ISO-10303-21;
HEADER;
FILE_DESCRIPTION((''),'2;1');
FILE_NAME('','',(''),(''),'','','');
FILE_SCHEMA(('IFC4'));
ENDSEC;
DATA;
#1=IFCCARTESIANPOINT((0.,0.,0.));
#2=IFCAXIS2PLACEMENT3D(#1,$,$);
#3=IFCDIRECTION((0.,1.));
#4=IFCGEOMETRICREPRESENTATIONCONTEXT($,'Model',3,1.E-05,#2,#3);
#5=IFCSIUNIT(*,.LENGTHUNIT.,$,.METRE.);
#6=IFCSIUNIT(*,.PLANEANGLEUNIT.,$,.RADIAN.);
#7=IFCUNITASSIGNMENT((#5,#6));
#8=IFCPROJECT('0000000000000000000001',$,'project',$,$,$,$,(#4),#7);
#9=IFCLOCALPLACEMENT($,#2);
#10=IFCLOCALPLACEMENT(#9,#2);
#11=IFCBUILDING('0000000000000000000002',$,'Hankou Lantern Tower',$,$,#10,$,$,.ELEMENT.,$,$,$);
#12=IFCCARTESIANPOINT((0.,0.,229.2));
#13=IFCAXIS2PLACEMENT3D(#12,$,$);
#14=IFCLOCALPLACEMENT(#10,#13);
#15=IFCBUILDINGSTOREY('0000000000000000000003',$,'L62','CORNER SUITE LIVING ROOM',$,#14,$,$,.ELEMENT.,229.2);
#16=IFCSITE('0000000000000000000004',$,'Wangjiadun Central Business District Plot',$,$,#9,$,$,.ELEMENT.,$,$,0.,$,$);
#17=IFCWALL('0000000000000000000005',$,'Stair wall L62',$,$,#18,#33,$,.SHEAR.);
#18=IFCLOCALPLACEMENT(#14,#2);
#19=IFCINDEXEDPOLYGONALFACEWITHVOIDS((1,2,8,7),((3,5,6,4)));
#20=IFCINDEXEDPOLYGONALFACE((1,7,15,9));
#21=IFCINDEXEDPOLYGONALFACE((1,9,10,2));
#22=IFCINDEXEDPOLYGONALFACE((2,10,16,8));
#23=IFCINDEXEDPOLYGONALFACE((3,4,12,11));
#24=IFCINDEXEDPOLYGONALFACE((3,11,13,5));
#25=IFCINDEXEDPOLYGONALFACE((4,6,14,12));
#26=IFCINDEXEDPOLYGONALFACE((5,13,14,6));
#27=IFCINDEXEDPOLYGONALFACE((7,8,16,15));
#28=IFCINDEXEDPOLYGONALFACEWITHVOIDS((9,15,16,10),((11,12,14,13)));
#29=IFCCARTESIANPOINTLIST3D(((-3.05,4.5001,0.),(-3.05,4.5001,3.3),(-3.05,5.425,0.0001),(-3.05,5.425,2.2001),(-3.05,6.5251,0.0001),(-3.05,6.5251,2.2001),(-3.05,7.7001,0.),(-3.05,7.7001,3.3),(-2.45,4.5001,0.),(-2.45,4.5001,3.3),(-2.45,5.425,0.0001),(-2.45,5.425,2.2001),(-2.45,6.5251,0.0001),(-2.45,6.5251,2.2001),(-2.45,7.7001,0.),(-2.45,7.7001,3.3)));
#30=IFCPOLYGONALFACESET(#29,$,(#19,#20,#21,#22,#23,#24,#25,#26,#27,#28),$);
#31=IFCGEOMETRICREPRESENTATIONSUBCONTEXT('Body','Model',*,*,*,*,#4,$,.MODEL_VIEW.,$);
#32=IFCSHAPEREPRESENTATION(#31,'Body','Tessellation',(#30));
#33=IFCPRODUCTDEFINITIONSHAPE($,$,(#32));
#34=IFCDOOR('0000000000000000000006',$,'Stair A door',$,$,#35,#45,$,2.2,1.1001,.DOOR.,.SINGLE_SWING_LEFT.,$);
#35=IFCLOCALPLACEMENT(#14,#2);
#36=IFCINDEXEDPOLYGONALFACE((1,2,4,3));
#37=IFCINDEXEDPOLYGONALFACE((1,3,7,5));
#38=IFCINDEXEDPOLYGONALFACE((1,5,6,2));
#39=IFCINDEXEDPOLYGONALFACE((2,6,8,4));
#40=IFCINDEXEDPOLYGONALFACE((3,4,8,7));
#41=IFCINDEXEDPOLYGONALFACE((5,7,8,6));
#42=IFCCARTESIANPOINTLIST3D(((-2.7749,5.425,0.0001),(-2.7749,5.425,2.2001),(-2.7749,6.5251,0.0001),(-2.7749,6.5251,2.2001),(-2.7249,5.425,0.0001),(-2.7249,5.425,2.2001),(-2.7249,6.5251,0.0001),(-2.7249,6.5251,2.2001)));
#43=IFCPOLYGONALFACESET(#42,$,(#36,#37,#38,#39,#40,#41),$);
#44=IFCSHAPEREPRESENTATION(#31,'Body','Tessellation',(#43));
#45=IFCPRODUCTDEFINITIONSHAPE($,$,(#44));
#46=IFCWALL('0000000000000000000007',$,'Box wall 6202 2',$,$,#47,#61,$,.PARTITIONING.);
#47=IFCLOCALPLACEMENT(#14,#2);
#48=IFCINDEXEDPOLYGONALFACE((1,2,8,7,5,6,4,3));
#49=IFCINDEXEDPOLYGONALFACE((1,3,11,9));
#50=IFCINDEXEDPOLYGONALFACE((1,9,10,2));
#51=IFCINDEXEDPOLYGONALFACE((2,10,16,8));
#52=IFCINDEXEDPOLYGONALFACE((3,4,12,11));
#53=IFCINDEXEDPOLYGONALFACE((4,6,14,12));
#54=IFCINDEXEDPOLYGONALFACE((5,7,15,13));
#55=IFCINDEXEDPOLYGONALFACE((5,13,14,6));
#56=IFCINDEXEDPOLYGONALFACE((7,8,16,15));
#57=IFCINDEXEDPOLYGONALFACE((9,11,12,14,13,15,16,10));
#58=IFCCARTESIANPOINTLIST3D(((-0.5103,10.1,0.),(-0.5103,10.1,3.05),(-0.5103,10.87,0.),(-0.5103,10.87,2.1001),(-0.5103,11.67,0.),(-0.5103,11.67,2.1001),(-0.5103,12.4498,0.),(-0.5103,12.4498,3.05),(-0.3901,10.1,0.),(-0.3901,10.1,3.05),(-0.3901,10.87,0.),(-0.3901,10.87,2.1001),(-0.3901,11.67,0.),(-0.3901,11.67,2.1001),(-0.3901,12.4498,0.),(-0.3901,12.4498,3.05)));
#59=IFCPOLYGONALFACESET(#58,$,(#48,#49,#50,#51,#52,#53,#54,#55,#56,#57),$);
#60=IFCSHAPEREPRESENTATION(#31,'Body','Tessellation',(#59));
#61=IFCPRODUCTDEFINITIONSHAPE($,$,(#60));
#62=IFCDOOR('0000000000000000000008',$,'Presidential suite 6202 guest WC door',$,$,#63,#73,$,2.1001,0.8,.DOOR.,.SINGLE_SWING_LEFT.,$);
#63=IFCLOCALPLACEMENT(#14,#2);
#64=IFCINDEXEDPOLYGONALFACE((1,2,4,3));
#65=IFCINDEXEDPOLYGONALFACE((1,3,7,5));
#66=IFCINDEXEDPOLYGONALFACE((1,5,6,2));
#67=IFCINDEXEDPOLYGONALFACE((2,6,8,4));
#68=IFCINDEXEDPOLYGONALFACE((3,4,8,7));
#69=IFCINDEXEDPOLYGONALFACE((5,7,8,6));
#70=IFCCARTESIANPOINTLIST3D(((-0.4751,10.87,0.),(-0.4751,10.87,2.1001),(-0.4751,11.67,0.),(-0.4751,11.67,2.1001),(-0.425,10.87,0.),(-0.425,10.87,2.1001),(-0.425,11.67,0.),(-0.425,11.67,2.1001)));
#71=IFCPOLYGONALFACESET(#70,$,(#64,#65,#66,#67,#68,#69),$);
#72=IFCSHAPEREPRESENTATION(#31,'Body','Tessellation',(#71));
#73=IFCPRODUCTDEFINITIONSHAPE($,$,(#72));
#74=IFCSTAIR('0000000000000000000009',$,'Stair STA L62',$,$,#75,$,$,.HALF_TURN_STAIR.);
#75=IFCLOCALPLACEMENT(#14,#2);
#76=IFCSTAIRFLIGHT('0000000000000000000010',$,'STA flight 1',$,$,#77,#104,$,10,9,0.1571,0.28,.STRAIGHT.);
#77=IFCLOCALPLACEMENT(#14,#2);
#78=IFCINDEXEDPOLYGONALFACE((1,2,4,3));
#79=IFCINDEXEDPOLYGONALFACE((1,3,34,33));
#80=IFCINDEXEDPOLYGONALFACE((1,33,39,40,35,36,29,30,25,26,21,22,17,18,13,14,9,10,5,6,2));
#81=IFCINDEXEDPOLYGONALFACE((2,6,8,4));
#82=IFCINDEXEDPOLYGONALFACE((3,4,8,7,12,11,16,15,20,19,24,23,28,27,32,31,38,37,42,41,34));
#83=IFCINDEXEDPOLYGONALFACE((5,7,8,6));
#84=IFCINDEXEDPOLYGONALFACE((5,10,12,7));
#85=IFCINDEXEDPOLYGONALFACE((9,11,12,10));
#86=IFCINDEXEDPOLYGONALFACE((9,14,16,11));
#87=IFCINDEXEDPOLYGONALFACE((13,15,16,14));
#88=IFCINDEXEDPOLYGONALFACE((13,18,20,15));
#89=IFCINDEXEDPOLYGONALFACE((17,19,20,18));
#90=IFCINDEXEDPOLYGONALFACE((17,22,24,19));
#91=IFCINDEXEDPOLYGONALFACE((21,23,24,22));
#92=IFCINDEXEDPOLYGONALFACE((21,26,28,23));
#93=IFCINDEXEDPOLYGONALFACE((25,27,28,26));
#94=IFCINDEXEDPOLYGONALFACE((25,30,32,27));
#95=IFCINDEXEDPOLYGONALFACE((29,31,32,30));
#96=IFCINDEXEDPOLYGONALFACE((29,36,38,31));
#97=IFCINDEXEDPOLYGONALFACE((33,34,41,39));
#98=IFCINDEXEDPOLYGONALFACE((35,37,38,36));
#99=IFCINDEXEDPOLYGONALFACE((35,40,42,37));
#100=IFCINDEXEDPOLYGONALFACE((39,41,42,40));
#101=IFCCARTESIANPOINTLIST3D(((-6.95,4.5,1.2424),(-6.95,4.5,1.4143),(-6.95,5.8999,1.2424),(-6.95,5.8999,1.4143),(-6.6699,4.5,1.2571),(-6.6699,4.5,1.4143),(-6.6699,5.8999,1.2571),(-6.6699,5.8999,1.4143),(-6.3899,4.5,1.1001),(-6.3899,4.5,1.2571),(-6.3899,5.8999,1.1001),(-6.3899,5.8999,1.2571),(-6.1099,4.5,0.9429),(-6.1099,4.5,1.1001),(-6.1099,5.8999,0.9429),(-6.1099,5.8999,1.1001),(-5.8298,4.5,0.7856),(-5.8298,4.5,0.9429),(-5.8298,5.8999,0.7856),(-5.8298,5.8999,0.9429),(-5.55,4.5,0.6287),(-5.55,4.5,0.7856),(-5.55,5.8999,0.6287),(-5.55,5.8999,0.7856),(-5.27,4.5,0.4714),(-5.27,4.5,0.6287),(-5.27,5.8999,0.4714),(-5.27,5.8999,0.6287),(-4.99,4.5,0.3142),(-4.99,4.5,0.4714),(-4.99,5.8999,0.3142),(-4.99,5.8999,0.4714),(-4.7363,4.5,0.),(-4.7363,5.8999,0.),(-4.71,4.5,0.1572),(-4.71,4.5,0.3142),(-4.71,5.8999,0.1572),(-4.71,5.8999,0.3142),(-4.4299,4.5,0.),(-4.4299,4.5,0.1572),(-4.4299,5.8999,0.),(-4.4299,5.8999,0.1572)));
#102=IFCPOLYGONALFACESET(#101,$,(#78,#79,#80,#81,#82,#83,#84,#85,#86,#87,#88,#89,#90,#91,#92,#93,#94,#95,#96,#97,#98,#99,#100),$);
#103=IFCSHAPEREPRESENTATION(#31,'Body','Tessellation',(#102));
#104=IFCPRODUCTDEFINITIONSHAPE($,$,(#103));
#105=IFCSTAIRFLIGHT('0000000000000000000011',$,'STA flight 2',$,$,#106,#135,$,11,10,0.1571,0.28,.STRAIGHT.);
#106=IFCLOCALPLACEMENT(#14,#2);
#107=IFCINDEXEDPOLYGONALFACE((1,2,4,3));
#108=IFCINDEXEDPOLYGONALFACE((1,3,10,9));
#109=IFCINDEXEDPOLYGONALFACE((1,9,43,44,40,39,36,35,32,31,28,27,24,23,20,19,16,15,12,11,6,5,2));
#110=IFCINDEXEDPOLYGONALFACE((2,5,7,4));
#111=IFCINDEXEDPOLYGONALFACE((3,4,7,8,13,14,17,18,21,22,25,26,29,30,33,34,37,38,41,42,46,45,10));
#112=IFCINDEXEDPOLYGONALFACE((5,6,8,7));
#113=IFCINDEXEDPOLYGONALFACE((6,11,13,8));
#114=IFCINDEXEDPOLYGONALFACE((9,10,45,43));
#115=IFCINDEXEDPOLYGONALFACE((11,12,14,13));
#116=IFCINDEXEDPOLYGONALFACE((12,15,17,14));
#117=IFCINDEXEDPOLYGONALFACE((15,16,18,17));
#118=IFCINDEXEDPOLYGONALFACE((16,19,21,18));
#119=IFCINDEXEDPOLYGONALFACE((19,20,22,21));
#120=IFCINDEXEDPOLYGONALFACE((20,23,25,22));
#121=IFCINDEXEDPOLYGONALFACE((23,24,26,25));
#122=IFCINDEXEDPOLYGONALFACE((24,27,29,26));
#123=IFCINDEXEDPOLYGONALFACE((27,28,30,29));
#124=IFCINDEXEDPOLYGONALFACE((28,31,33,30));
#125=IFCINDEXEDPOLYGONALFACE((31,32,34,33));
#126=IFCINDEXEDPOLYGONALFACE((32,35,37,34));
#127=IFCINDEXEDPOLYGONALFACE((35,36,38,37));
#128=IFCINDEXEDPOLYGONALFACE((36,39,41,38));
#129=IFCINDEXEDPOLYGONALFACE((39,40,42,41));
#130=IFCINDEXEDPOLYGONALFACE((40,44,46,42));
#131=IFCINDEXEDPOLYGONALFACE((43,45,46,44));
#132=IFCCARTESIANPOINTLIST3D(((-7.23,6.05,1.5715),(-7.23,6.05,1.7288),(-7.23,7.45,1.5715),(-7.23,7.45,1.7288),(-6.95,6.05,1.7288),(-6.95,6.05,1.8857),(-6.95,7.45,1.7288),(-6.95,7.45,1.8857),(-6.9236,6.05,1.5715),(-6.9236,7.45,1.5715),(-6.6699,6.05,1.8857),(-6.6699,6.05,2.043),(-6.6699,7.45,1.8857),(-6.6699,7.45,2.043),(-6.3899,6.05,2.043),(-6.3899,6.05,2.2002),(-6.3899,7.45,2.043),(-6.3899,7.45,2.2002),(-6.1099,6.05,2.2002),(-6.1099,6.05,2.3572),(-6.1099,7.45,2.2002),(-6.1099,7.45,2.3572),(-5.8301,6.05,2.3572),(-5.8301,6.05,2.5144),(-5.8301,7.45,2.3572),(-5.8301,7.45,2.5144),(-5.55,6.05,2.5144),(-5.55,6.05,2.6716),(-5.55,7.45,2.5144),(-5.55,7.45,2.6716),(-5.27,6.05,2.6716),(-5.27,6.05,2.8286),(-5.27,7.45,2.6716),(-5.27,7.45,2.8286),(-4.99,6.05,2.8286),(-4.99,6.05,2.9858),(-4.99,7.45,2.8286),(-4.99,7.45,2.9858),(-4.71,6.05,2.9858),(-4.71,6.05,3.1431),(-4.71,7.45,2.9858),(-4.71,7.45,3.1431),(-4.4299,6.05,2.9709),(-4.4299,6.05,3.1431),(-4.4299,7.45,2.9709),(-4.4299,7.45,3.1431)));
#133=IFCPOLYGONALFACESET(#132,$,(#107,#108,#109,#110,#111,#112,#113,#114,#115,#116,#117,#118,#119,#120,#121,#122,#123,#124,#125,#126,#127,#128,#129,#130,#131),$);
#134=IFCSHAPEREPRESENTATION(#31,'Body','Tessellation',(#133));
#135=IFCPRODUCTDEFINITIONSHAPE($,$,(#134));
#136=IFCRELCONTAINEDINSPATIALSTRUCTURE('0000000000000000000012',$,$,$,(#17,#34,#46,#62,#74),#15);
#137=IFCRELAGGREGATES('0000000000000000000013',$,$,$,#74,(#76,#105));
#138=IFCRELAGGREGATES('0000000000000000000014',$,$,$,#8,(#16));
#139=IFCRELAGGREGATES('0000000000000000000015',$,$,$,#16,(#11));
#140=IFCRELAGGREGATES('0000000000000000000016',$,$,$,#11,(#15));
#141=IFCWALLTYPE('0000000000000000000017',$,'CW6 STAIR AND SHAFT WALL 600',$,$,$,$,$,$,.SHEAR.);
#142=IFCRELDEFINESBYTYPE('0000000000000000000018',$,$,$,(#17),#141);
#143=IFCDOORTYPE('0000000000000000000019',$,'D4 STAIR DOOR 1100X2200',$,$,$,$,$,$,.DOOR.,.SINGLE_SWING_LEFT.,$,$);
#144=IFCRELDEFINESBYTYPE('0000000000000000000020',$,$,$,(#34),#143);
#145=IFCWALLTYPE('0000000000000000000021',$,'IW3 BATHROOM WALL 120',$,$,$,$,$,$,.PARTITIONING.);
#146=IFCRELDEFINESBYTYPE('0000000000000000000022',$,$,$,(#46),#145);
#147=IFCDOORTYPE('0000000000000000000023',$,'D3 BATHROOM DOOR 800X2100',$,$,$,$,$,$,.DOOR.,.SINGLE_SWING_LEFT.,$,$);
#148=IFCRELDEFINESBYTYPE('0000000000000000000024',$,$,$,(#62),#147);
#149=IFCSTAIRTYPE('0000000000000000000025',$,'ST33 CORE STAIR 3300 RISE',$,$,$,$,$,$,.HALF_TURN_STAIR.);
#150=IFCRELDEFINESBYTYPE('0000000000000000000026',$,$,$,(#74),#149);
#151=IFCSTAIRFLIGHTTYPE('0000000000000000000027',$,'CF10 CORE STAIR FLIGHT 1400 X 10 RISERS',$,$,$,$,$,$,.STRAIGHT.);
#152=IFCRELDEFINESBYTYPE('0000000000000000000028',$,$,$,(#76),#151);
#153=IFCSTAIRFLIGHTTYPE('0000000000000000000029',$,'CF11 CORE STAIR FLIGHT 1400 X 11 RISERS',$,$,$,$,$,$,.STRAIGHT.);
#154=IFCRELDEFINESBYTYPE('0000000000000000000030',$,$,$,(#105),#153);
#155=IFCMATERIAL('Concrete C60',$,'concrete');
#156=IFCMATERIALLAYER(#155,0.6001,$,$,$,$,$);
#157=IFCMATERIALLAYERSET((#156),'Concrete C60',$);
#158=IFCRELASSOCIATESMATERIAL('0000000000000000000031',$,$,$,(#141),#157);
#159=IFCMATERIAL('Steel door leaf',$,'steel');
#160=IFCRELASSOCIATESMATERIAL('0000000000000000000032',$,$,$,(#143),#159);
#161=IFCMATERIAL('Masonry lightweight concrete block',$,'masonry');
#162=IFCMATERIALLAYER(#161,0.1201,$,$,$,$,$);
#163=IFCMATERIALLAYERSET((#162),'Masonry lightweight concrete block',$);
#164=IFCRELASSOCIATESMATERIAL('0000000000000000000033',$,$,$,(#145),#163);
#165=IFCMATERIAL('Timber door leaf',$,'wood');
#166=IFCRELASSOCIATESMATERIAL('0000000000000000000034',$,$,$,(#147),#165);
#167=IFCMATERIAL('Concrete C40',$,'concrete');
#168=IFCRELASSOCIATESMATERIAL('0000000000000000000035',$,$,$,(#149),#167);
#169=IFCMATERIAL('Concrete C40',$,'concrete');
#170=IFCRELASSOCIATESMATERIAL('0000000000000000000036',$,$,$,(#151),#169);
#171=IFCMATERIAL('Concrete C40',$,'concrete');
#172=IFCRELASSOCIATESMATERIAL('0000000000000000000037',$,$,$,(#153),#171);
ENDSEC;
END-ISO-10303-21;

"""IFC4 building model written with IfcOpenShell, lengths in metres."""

from ifc_helpers import new_model, si_unit, direction, frame, frame_2d, origin, place, context, subcontext, project, spatial, polyline, rectangle, outline, extrude, material, layer, layer_set, type_object, element, fill, aggregate, save


model = new_model("IFC4")

# Units and contexts
model_context = context("Model", 3, precision=1e-05, world=origin(), true_north=direction((0.0, 1.0)))
body_context = subcontext(model_context, "Body", "Model", "MODEL_VIEW")
ifc_project = project(units=[si_unit("LENGTHUNIT", "METRE"), si_unit("PLANEANGLEUNIT", "RADIAN")], contexts=[model_context])

# Site, building, storey
site_placement = place(None, origin())
site = spatial("IfcSite", under=ifc_project, at=site_placement, Name="Wangjiadun Central Business District Plot", CompositionType="ELEMENT", RefElevation=0.0)
building_placement = place(site_placement, origin())
building = spatial("IfcBuilding", under=site, at=building_placement, Name="Hankou Lantern Tower", CompositionType="ELEMENT")
storey_placement = place(building_placement, frame((0.0, 0.0, 229.2)))
storey = spatial("IfcBuildingStorey", under=building, at=storey_placement, Name="L62", Description="CORNER SUITE LIVING ROOM", CompositionType="ELEMENT", Elevation=229.2)

# Walls, openings, doors
ifc_material_1 = material(Name="Concrete C60", Category="concrete")
ifc_layer_1 = layer(ifc_material_1, 0.6001)
ifc_layer_set_1 = layer_set([ifc_layer_1], Name="Concrete C60")
wall_type_1 = type_object("IfcWallType", Name="CW6 STAIR AND SHAFT WALL 600", PredefinedType="SHEAR", material=ifc_layer_set_1)
wall_1_placement = place(storey_placement, frame((-2.75, 4.5, 0.0), z_axis=(0.0, 0.0, 1.0), x_axis=(0.0, 1.0, 0.0)))
wall_1 = element("IfcWall", 1, at=wall_1_placement, inside=storey, type_object=wall_type_1, Name="Stair wall L62", PredefinedType="SHEAR", context=body_context, shape_type="SweptSolid", body=[
    extrude(rectangle(XDim=3.2, YDim=0.6001, at=frame_2d((1.6001, 0.0))), origin(), (0.0, 0.0, 1.0), 3.3),
])
opening_1_placement = place(wall_1_placement, frame((0.925, 0.0, 0.0)))
opening_1 = element("IfcOpeningElement", 2, at=opening_1_placement, cuts=wall_1, PredefinedType="OPENING", context=body_context, shape_type="SweptSolid", body=[
    extrude(rectangle(XDim=1.1001, YDim=2.2, at=frame_2d((0.55, 1.1001))), frame((0.0, 0.3101, 0.0), z_axis=(0.0, -1.0, 0.0), x_axis=(1.0, 0.0, 0.0)), (0.0, 0.0, 1.0), 0.6201),
])
ifc_material_2 = material(Name="Steel door leaf", Category="steel")
door_type_1 = type_object("IfcDoorType", Name="D4 STAIR DOOR 1100X2200", OperationType="SINGLE_SWING_LEFT", PredefinedType="DOOR", material=ifc_material_2)
door_1_placement = place(opening_1_placement, origin())
door_1 = element("IfcDoor", 3, at=door_1_placement, inside=storey, type_object=door_type_1, Name="Stair A door", OperationType="SINGLE_SWING_LEFT", OverallHeight=2.2, OverallWidth=1.1001, PredefinedType="DOOR", context=body_context, shape_type="SweptSolid", body=[
    extrude(rectangle(XDim=1.1001, YDim=2.2, at=frame_2d((0.55, 1.1001))), frame((0.0, 0.0249, 0.0), z_axis=(0.0, -1.0, 0.0), x_axis=(1.0, 0.0, 0.0)), (0.0, 0.0, 1.0), 0.05),
])
fill(opening_1, door_1)
ifc_material_3 = material(Name="Masonry lightweight concrete block", Category="masonry")
ifc_layer_2 = layer(ifc_material_3, 0.1201)
ifc_layer_set_2 = layer_set([ifc_layer_2], Name="Masonry lightweight concrete block")
wall_type_2 = type_object("IfcWallType", Name="IW3 BATHROOM WALL 120", PredefinedType="PARTITIONING", material=ifc_layer_set_2)
wall_2_placement = place(storey_placement, frame((-0.4502, 10.1001, 0.0), z_axis=(0.0, 0.0, 1.0), x_axis=(0.0, 1.0, 0.0)))
wall_2 = element("IfcWall", 4, at=wall_2_placement, inside=storey, type_object=wall_type_2, Name="Box wall 6202 2", PredefinedType="PARTITIONING", context=body_context, shape_type="SweptSolid", body=[
    extrude(rectangle(XDim=2.3499, YDim=0.1201, at=frame_2d((1.1748, 0.0))), origin(), (0.0, 0.0, 1.0), 3.05),
])
opening_2_placement = place(wall_2_placement, frame((0.77, 0.0, 0.0)))
opening_2 = element("IfcOpeningElement", 5, at=opening_2_placement, cuts=wall_2, PredefinedType="OPENING", context=body_context, shape_type="SweptSolid", body=[
    extrude(rectangle(XDim=0.8, YDim=2.1001, at=frame_2d((0.3999, 1.05))), frame((0.0, 0.0701, 0.0), z_axis=(0.0, -1.0, 0.0), x_axis=(1.0, 0.0, 0.0)), (0.0, 0.0, 1.0), 0.1401),
])
ifc_material_4 = material(Name="Timber door leaf", Category="wood")
door_type_2 = type_object("IfcDoorType", Name="D3 BATHROOM DOOR 800X2100", OperationType="SINGLE_SWING_LEFT", PredefinedType="DOOR", material=ifc_material_4)
door_2_placement = place(opening_2_placement, origin())
door_2 = element("IfcDoor", 6, at=door_2_placement, inside=storey, type_object=door_type_2, Name="Presidential suite 6202 guest WC door", OperationType="SINGLE_SWING_LEFT", OverallHeight=2.1001, OverallWidth=0.8, PredefinedType="DOOR", context=body_context, shape_type="SweptSolid", body=[
    extrude(rectangle(XDim=0.8, YDim=2.1001, at=frame_2d((0.3999, 1.05))), frame((0.0, 0.0249, 0.0), z_axis=(0.0, -1.0, 0.0), x_axis=(1.0, 0.0, 0.0)), (0.0, 0.0, 1.0), 0.05),
])
fill(opening_2, door_2)

# Stair, stair flights
ifc_material_5 = material(Name="Concrete C40", Category="concrete")
stair_type = type_object("IfcStairType", Name="ST33 CORE STAIR 3300 RISE", PredefinedType="HALF_TURN_STAIR", material=ifc_material_5)
stair_placement = place(storey_placement, origin())
stair = element("IfcStair", 7, at=stair_placement, inside=storey, type_object=stair_type, Name="Stair STA L62", PredefinedType="HALF_TURN_STAIR")
ifc_material_6 = material(Name="Concrete C40", Category="concrete")
stair_flight_type_1 = type_object("IfcStairFlightType", Name="CF10 CORE STAIR FLIGHT 1400 X 10 RISERS", PredefinedType="STRAIGHT", material=ifc_material_6)
stair_flight_1_placement = place(storey_placement, frame((-4.4299, 5.2, 0.0), z_axis=(0.0, 0.0, 1.0), x_axis=(-1.0, 0.0, 0.0)))
stair_flight_1 = element("IfcStairFlight", 8, at=stair_flight_1_placement, type_object=stair_flight_type_1, Name="STA flight 1", NumberOfRisers=10, NumberOfTreads=9, PredefinedType="STRAIGHT", RiserHeight=0.1571, TreadLength=0.28, context=body_context, shape_type="SweptSolid", body=[
    extrude(outline(polyline([(0.0, 0.0), (0.0, 0.1572), (0.28, 0.1572), (0.28, 0.3142), (0.5601, 0.3142), (0.5601, 0.4714), (0.8401, 0.4714), (0.8401, 0.6287), (1.1201, 0.6287), (1.1201, 0.7856), (1.3999, 0.7856), (1.3999, 0.9429), (1.6799, 0.9429), (1.6799, 1.1001), (1.96, 1.1001), (1.96, 1.2571), (2.24, 1.2571), (2.24, 1.4143), (2.52, 1.4143), (2.52, 1.5715), (2.52, 1.2424), (0.3064, 0.0), (0.0, 0.0)])), frame((0.0, 0.7, 0.0), z_axis=(0.0, -1.0, 0.0), x_axis=(1.0, 0.0, 0.0)), (0.0, 0.0, 1.0), 1.3999),
])
ifc_material_7 = material(Name="Concrete C40", Category="concrete")
stair_flight_type_2 = type_object("IfcStairFlightType", Name="CF11 CORE STAIR FLIGHT 1400 X 11 RISERS", PredefinedType="STRAIGHT", material=ifc_material_7)
stair_flight_2_placement = place(storey_placement, frame((-7.23, 6.75, 1.5715), z_axis=(0.0, 0.0, 1.0), x_axis=(1.0, 0.0, 0.0)))
stair_flight_2 = element("IfcStairFlight", 9, at=stair_flight_2_placement, type_object=stair_flight_type_2, Name="STA flight 2", NumberOfRisers=11, NumberOfTreads=10, PredefinedType="STRAIGHT", RiserHeight=0.1571, TreadLength=0.28, context=body_context, shape_type="SweptSolid", body=[
    extrude(outline(polyline([(0.0, 0.0), (0.0, 0.1572), (0.28, 0.1572), (0.28, 0.3142), (0.5601, 0.3142), (0.5601, 0.4714), (0.8401, 0.4714), (0.8401, 0.6287), (1.1201, 0.6287), (1.1201, 0.7856), (1.3999, 0.7856), (1.3999, 0.9429), (1.6799, 0.9429), (1.6799, 1.1001), (1.96, 1.1001), (1.96, 1.2571), (2.24, 1.2571), (2.24, 1.4143), (2.52, 1.4143), (2.52, 1.5715), (2.8, 1.5715), (2.8, 1.7285), (2.8, 1.3994), (0.3064, 0.0), (0.0, 0.0)])), frame((0.0, 0.7, 0.0), z_axis=(0.0, -1.0, 0.0), x_axis=(1.0, 0.0, 0.0)), (0.0, 0.0, 1.0), 1.3999),
])
aggregate(stair, [stair_flight_1, stair_flight_2])

save(model, "model.ifc")
